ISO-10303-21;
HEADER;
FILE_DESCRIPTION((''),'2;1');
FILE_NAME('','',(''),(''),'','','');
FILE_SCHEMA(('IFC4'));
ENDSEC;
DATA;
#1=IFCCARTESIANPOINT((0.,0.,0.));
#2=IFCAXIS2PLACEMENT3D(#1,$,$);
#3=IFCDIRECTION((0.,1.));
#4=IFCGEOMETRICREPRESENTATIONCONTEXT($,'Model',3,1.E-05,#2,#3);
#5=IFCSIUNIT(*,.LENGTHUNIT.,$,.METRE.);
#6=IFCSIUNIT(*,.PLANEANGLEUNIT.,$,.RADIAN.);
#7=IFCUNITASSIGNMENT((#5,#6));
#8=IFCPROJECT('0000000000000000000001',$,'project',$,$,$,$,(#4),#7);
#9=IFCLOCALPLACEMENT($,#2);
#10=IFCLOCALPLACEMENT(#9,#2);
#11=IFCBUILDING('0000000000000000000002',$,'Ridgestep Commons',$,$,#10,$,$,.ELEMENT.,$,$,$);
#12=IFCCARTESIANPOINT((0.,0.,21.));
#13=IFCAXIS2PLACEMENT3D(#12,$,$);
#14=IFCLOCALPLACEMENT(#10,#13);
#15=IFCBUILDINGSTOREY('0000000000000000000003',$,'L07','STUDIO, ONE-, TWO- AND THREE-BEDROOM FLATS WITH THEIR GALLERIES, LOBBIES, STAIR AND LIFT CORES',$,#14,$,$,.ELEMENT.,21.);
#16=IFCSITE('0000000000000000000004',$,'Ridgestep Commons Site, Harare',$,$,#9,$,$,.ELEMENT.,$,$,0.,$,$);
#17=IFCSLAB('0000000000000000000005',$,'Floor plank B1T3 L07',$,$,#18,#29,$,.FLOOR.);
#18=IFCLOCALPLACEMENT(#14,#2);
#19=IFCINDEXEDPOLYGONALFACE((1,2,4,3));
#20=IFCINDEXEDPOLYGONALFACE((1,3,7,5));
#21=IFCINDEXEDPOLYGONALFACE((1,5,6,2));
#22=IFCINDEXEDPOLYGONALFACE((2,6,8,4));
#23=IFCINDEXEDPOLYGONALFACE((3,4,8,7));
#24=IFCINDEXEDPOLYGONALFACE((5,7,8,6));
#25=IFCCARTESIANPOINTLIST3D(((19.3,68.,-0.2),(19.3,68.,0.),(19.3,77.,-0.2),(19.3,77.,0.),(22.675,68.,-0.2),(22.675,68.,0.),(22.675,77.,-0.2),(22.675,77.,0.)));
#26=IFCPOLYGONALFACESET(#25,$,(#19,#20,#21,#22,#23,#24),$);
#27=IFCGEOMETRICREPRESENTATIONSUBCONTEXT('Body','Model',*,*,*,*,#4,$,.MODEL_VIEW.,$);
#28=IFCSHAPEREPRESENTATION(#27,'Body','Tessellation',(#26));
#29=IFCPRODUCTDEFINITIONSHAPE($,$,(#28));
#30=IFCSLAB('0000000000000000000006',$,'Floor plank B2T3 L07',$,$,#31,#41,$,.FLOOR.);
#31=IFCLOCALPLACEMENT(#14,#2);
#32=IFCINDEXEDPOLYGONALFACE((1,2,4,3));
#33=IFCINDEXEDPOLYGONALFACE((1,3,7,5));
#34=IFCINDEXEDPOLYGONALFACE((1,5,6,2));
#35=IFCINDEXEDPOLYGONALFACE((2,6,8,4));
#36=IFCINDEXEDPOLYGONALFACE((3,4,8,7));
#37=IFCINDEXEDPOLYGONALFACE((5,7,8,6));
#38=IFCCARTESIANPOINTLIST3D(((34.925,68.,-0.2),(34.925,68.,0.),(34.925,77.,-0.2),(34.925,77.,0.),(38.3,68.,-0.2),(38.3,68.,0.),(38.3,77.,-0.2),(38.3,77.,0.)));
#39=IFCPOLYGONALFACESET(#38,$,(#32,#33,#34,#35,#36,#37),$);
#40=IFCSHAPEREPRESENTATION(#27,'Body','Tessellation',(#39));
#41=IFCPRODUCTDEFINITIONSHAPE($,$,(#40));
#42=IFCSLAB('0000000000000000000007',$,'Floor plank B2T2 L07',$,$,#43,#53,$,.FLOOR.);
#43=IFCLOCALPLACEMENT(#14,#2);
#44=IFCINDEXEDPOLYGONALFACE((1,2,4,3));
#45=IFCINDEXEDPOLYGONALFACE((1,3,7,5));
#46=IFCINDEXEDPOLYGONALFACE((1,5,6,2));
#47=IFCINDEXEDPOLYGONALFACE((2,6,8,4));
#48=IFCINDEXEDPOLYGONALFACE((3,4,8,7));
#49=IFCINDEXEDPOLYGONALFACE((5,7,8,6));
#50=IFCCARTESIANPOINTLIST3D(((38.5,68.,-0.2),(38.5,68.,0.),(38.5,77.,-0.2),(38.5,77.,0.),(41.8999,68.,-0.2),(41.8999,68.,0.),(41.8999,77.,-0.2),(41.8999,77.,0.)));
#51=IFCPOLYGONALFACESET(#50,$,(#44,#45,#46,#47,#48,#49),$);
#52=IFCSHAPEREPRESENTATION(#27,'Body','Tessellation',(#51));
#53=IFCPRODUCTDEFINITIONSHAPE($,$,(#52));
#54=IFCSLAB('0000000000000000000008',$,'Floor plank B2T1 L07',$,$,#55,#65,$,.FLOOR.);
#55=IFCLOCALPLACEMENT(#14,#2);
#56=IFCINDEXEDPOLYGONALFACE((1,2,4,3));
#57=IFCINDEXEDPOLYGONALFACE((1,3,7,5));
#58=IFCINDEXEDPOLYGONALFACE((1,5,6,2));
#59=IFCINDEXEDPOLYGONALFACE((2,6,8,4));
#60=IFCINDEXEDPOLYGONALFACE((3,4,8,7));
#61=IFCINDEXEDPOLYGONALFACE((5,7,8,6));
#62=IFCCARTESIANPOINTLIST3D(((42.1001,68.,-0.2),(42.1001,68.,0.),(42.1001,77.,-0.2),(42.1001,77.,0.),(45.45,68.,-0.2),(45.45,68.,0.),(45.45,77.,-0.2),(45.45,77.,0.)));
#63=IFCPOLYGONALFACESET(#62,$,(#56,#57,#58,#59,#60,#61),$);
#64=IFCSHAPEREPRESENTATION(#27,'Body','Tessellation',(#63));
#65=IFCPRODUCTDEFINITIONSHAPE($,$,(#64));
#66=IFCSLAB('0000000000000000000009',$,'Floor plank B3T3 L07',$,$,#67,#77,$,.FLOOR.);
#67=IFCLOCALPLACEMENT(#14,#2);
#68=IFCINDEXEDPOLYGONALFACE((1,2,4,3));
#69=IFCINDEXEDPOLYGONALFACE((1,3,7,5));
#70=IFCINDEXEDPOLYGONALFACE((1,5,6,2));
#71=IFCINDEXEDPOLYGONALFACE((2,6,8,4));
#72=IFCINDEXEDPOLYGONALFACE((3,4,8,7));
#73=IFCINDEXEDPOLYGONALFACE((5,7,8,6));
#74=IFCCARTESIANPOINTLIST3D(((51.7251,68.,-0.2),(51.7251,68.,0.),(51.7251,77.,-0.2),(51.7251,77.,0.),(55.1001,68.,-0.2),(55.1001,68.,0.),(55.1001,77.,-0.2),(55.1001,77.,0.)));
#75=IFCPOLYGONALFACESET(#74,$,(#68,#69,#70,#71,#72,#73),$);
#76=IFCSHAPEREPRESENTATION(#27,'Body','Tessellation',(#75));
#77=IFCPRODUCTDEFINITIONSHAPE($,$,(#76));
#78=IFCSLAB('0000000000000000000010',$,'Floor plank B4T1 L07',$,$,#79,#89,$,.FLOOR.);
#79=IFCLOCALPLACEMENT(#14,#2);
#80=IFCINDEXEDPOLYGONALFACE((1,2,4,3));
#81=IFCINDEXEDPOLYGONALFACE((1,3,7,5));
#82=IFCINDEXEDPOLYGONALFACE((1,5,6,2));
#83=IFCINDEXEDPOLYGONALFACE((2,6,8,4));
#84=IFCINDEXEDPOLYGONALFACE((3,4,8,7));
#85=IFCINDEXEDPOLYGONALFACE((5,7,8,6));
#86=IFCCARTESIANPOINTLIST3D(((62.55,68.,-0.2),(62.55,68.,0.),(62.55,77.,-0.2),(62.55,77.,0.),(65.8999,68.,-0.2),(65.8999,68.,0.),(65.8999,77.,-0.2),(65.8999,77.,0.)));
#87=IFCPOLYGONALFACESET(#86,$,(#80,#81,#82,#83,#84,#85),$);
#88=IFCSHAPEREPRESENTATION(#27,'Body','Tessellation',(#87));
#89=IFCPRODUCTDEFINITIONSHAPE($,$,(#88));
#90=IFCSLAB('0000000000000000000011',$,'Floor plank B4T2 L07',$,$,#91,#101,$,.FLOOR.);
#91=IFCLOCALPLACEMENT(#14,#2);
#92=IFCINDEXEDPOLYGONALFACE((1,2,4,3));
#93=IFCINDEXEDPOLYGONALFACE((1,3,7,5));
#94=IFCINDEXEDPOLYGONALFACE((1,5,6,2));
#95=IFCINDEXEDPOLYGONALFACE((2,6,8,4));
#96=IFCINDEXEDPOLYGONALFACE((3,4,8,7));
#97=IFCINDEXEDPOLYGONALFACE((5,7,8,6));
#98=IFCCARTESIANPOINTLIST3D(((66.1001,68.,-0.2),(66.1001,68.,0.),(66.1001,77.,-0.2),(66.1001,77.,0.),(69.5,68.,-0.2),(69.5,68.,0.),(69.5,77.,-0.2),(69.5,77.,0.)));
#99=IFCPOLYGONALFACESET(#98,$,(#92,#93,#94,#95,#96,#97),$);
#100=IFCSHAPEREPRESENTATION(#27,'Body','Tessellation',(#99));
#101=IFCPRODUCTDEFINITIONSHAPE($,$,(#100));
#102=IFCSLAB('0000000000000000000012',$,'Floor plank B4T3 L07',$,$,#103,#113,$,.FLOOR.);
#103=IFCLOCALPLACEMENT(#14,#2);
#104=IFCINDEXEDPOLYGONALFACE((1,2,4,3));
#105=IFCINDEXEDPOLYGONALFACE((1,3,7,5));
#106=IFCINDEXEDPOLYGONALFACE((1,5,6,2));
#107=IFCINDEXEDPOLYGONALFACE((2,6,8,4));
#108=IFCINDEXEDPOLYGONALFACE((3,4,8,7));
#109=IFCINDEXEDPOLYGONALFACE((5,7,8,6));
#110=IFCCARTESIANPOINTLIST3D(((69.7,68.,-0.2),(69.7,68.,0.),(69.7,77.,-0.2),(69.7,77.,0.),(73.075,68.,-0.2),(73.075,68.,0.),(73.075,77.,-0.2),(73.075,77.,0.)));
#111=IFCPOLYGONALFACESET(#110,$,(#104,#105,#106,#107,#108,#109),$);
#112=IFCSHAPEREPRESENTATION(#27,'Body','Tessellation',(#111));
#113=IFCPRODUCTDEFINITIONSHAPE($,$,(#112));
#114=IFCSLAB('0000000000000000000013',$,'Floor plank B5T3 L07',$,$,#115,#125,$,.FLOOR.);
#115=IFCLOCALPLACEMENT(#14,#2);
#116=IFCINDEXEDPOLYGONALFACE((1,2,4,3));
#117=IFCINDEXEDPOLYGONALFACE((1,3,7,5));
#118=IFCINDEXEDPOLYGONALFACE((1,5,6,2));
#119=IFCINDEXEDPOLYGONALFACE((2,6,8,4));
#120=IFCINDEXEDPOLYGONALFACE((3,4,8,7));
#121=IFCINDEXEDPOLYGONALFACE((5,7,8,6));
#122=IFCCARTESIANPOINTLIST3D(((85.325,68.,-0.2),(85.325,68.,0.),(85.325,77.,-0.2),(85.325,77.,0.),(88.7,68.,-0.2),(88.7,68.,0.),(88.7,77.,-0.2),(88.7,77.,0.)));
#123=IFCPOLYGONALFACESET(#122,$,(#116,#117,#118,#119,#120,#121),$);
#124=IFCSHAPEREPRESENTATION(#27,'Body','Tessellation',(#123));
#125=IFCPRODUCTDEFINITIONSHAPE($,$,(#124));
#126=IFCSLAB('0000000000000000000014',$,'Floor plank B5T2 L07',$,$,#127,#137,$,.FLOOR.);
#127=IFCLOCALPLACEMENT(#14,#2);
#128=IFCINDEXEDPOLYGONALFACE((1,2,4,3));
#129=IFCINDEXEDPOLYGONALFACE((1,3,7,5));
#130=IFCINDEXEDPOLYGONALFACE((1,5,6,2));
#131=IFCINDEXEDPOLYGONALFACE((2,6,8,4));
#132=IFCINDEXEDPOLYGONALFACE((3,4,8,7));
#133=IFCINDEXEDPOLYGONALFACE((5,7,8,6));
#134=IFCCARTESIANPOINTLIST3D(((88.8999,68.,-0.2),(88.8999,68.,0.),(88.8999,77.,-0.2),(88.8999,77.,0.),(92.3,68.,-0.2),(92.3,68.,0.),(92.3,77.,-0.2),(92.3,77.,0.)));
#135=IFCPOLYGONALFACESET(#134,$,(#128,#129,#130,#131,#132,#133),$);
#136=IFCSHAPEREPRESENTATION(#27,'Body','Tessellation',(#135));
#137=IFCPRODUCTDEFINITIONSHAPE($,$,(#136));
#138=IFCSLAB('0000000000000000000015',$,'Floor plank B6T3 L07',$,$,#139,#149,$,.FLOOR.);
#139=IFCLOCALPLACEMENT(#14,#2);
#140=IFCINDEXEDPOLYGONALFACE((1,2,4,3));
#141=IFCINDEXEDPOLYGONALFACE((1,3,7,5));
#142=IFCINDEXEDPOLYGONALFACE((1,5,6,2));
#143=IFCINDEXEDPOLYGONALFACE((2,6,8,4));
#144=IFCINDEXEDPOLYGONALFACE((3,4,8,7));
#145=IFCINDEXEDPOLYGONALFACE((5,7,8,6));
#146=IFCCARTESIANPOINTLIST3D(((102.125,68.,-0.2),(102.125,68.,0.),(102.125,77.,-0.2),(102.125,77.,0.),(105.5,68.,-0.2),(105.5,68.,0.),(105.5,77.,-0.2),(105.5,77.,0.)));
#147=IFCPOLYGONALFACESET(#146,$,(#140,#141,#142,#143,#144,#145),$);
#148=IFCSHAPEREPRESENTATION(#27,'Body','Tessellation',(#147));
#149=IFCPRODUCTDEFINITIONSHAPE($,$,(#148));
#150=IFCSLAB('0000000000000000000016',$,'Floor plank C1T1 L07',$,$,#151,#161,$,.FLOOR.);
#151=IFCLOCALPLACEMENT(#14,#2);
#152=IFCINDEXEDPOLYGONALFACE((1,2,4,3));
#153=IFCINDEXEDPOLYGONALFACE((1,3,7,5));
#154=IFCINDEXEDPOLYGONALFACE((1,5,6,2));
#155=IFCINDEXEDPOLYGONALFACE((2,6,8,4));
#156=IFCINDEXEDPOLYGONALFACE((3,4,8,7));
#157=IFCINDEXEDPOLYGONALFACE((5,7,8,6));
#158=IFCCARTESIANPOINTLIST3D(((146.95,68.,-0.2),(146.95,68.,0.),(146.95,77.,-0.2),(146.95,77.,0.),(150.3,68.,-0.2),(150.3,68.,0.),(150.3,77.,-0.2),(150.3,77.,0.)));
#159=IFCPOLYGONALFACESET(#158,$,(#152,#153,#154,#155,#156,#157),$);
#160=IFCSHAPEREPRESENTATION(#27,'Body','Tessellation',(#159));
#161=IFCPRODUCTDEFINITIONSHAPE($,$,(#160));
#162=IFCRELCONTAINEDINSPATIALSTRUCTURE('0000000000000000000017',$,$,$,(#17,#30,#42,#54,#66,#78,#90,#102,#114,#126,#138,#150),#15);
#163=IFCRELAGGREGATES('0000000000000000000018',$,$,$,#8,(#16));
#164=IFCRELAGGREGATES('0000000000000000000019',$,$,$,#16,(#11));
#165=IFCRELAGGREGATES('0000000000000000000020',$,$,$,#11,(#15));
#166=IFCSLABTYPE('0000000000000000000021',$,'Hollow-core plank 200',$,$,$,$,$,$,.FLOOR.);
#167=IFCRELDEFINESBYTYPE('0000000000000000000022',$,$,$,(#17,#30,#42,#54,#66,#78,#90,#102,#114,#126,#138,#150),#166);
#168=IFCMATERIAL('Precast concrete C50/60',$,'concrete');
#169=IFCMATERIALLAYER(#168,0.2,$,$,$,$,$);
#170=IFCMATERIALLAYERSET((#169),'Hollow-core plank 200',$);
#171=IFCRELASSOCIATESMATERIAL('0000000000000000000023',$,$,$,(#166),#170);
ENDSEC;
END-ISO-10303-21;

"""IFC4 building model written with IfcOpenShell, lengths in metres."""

from ifc_helpers import new_model, si_unit, direction, frame, origin, place, context, subcontext, project, spatial, polyline, outline, extrude, material, layer, layer_set, type_object, element, save


model = new_model("IFC4")

# Units and contexts
model_context = context("Model", 3, precision=1e-05, world=origin(), true_north=direction((0.0, 1.0)))
body_context = subcontext(model_context, "Body", "Model", "MODEL_VIEW")
ifc_project = project(units=[si_unit("LENGTHUNIT", "METRE"), si_unit("PLANEANGLEUNIT", "RADIAN")], contexts=[model_context])

# Site, building, storey
site_placement = place(None, origin())
site = spatial("IfcSite", under=ifc_project, at=site_placement, Name="Ridgestep Commons Site, Harare", CompositionType="ELEMENT", RefElevation=0.0)
building_placement = place(site_placement, origin())
building = spatial("IfcBuilding", under=site, at=building_placement, Name="Ridgestep Commons", CompositionType="ELEMENT")
storey_placement = place(building_placement, frame((0.0, 0.0, 21.0)))
storey = spatial("IfcBuildingStorey", under=building, at=storey_placement, Name="L07", Description="STUDIO, ONE-, TWO- AND THREE-BEDROOM FLATS WITH THEIR GALLERIES, LOBBIES, STAIR AND LIFT CORES", CompositionType="ELEMENT", Elevation=21.0)

# Slabs
ifc_material_1 = material(Name="Precast concrete C50/60", Category="concrete")
ifc_layer_1 = layer(ifc_material_1, 0.2)
ifc_layer_set_1 = layer_set([ifc_layer_1], Name="Hollow-core plank 200")
slab_type_1 = type_object("IfcSlabType", Name="Hollow-core plank 200", PredefinedType="FLOOR", material=ifc_layer_set_1)
slab_1_placement = place(storey_placement, frame((0.0, 0.0, -0.2)))
element("IfcSlab", 1, at=slab_1_placement, inside=storey, type_object=slab_type_1, Name="Floor plank B1T3 L07", PredefinedType="FLOOR", context=body_context, shape_type="SweptSolid", body=[
    extrude(outline(polyline([(22.675, 68.0), (22.675, 77.0), (19.3, 77.0), (19.3, 68.0), (22.675, 68.0)])), origin(), (0.0, 0.0, 1.0), 0.2),
])
slab_2_placement = place(storey_placement, frame((0.0, 0.0, -0.2)))
element("IfcSlab", 2, at=slab_2_placement, inside=storey, type_object=slab_type_1, Name="Floor plank B2T3 L07", PredefinedType="FLOOR", context=body_context, shape_type="SweptSolid", body=[
    extrude(outline(polyline([(38.3, 68.0), (38.3, 77.0), (34.925, 77.0), (34.925, 68.0), (38.3, 68.0)])), origin(), (0.0, 0.0, 1.0), 0.2),
])
slab_3_placement = place(storey_placement, frame((0.0, 0.0, -0.2)))
element("IfcSlab", 3, at=slab_3_placement, inside=storey, type_object=slab_type_1, Name="Floor plank B2T2 L07", PredefinedType="FLOOR", context=body_context, shape_type="SweptSolid", body=[
    extrude(outline(polyline([(41.8999, 68.0), (41.8999, 77.0), (38.5, 77.0), (38.5, 68.0), (41.8999, 68.0)])), origin(), (0.0, 0.0, 1.0), 0.2),
])
slab_4_placement = place(storey_placement, frame((0.0, 0.0, -0.2)))
element("IfcSlab", 4, at=slab_4_placement, inside=storey, type_object=slab_type_1, Name="Floor plank B2T1 L07", PredefinedType="FLOOR", context=body_context, shape_type="SweptSolid", body=[
    extrude(outline(polyline([(45.45, 68.0), (45.45, 77.0), (42.1001, 77.0), (42.1001, 68.0), (45.45, 68.0)])), origin(), (0.0, 0.0, 1.0), 0.2),
])
slab_5_placement = place(storey_placement, frame((0.0, 0.0, -0.2)))
element("IfcSlab", 5, at=slab_5_placement, inside=storey, type_object=slab_type_1, Name="Floor plank B3T3 L07", PredefinedType="FLOOR", context=body_context, shape_type="SweptSolid", body=[
    extrude(outline(polyline([(55.1001, 68.0), (55.1001, 77.0), (51.7251, 77.0), (51.7251, 68.0), (55.1001, 68.0)])), origin(), (0.0, 0.0, 1.0), 0.2),
])
slab_6_placement = place(storey_placement, frame((0.0, 0.0, -0.2)))
element("IfcSlab", 6, at=slab_6_placement, inside=storey, type_object=slab_type_1, Name="Floor plank B4T1 L07", PredefinedType="FLOOR", context=body_context, shape_type="SweptSolid", body=[
    extrude(outline(polyline([(65.8999, 68.0), (65.8999, 77.0), (62.55, 77.0), (62.55, 68.0), (65.8999, 68.0)])), origin(), (0.0, 0.0, 1.0), 0.2),
])
slab_7_placement = place(storey_placement, frame((0.0, 0.0, -0.2)))
element("IfcSlab", 7, at=slab_7_placement, inside=storey, type_object=slab_type_1, Name="Floor plank B4T2 L07", PredefinedType="FLOOR", context=body_context, shape_type="SweptSolid", body=[
    extrude(outline(polyline([(69.5, 68.0), (69.5, 77.0), (66.1001, 77.0), (66.1001, 68.0), (69.5, 68.0)])), origin(), (0.0, 0.0, 1.0), 0.2),
])
slab_8_placement = place(storey_placement, frame((0.0, 0.0, -0.2)))
element("IfcSlab", 8, at=slab_8_placement, inside=storey, type_object=slab_type_1, Name="Floor plank B4T3 L07", PredefinedType="FLOOR", context=body_context, shape_type="SweptSolid", body=[
    extrude(outline(polyline([(73.075, 68.0), (73.075, 77.0), (69.7, 77.0), (69.7, 68.0), (73.075, 68.0)])), origin(), (0.0, 0.0, 1.0), 0.2),
])
slab_9_placement = place(storey_placement, frame((0.0, 0.0, -0.2)))
element("IfcSlab", 9, at=slab_9_placement, inside=storey, type_object=slab_type_1, Name="Floor plank B5T3 L07", PredefinedType="FLOOR", context=body_context, shape_type="SweptSolid", body=[
    extrude(outline(polyline([(88.7, 68.0), (88.7, 77.0), (85.325, 77.0), (85.325, 68.0), (88.7, 68.0)])), origin(), (0.0, 0.0, 1.0), 0.2),
])
slab_10_placement = place(storey_placement, frame((0.0, 0.0, -0.2)))
element("IfcSlab", 10, at=slab_10_placement, inside=storey, type_object=slab_type_1, Name="Floor plank B5T2 L07", PredefinedType="FLOOR", context=body_context, shape_type="SweptSolid", body=[
    extrude(outline(polyline([(92.3, 68.0), (92.3, 77.0), (88.8999, 77.0), (88.8999, 68.0), (92.3, 68.0)])), origin(), (0.0, 0.0, 1.0), 0.2),
])
slab_11_placement = place(storey_placement, frame((0.0, 0.0, -0.2)))
element("IfcSlab", 11, at=slab_11_placement, inside=storey, type_object=slab_type_1, Name="Floor plank B6T3 L07", PredefinedType="FLOOR", context=body_context, shape_type="SweptSolid", body=[
    extrude(outline(polyline([(105.5, 68.0), (105.5, 77.0), (102.125, 77.0), (102.125, 68.0), (105.5, 68.0)])), origin(), (0.0, 0.0, 1.0), 0.2),
])
slab_12_placement = place(storey_placement, frame((0.0, 0.0, -0.2)))
element("IfcSlab", 12, at=slab_12_placement, inside=storey, type_object=slab_type_1, Name="Floor plank C1T1 L07", PredefinedType="FLOOR", context=body_context, shape_type="SweptSolid", body=[
    extrude(outline(polyline([(150.3, 68.0), (150.3, 77.0), (146.95, 77.0), (146.95, 68.0), (150.3, 68.0)])), origin(), (0.0, 0.0, 1.0), 0.2),
])

save(model, "model.ifc")
